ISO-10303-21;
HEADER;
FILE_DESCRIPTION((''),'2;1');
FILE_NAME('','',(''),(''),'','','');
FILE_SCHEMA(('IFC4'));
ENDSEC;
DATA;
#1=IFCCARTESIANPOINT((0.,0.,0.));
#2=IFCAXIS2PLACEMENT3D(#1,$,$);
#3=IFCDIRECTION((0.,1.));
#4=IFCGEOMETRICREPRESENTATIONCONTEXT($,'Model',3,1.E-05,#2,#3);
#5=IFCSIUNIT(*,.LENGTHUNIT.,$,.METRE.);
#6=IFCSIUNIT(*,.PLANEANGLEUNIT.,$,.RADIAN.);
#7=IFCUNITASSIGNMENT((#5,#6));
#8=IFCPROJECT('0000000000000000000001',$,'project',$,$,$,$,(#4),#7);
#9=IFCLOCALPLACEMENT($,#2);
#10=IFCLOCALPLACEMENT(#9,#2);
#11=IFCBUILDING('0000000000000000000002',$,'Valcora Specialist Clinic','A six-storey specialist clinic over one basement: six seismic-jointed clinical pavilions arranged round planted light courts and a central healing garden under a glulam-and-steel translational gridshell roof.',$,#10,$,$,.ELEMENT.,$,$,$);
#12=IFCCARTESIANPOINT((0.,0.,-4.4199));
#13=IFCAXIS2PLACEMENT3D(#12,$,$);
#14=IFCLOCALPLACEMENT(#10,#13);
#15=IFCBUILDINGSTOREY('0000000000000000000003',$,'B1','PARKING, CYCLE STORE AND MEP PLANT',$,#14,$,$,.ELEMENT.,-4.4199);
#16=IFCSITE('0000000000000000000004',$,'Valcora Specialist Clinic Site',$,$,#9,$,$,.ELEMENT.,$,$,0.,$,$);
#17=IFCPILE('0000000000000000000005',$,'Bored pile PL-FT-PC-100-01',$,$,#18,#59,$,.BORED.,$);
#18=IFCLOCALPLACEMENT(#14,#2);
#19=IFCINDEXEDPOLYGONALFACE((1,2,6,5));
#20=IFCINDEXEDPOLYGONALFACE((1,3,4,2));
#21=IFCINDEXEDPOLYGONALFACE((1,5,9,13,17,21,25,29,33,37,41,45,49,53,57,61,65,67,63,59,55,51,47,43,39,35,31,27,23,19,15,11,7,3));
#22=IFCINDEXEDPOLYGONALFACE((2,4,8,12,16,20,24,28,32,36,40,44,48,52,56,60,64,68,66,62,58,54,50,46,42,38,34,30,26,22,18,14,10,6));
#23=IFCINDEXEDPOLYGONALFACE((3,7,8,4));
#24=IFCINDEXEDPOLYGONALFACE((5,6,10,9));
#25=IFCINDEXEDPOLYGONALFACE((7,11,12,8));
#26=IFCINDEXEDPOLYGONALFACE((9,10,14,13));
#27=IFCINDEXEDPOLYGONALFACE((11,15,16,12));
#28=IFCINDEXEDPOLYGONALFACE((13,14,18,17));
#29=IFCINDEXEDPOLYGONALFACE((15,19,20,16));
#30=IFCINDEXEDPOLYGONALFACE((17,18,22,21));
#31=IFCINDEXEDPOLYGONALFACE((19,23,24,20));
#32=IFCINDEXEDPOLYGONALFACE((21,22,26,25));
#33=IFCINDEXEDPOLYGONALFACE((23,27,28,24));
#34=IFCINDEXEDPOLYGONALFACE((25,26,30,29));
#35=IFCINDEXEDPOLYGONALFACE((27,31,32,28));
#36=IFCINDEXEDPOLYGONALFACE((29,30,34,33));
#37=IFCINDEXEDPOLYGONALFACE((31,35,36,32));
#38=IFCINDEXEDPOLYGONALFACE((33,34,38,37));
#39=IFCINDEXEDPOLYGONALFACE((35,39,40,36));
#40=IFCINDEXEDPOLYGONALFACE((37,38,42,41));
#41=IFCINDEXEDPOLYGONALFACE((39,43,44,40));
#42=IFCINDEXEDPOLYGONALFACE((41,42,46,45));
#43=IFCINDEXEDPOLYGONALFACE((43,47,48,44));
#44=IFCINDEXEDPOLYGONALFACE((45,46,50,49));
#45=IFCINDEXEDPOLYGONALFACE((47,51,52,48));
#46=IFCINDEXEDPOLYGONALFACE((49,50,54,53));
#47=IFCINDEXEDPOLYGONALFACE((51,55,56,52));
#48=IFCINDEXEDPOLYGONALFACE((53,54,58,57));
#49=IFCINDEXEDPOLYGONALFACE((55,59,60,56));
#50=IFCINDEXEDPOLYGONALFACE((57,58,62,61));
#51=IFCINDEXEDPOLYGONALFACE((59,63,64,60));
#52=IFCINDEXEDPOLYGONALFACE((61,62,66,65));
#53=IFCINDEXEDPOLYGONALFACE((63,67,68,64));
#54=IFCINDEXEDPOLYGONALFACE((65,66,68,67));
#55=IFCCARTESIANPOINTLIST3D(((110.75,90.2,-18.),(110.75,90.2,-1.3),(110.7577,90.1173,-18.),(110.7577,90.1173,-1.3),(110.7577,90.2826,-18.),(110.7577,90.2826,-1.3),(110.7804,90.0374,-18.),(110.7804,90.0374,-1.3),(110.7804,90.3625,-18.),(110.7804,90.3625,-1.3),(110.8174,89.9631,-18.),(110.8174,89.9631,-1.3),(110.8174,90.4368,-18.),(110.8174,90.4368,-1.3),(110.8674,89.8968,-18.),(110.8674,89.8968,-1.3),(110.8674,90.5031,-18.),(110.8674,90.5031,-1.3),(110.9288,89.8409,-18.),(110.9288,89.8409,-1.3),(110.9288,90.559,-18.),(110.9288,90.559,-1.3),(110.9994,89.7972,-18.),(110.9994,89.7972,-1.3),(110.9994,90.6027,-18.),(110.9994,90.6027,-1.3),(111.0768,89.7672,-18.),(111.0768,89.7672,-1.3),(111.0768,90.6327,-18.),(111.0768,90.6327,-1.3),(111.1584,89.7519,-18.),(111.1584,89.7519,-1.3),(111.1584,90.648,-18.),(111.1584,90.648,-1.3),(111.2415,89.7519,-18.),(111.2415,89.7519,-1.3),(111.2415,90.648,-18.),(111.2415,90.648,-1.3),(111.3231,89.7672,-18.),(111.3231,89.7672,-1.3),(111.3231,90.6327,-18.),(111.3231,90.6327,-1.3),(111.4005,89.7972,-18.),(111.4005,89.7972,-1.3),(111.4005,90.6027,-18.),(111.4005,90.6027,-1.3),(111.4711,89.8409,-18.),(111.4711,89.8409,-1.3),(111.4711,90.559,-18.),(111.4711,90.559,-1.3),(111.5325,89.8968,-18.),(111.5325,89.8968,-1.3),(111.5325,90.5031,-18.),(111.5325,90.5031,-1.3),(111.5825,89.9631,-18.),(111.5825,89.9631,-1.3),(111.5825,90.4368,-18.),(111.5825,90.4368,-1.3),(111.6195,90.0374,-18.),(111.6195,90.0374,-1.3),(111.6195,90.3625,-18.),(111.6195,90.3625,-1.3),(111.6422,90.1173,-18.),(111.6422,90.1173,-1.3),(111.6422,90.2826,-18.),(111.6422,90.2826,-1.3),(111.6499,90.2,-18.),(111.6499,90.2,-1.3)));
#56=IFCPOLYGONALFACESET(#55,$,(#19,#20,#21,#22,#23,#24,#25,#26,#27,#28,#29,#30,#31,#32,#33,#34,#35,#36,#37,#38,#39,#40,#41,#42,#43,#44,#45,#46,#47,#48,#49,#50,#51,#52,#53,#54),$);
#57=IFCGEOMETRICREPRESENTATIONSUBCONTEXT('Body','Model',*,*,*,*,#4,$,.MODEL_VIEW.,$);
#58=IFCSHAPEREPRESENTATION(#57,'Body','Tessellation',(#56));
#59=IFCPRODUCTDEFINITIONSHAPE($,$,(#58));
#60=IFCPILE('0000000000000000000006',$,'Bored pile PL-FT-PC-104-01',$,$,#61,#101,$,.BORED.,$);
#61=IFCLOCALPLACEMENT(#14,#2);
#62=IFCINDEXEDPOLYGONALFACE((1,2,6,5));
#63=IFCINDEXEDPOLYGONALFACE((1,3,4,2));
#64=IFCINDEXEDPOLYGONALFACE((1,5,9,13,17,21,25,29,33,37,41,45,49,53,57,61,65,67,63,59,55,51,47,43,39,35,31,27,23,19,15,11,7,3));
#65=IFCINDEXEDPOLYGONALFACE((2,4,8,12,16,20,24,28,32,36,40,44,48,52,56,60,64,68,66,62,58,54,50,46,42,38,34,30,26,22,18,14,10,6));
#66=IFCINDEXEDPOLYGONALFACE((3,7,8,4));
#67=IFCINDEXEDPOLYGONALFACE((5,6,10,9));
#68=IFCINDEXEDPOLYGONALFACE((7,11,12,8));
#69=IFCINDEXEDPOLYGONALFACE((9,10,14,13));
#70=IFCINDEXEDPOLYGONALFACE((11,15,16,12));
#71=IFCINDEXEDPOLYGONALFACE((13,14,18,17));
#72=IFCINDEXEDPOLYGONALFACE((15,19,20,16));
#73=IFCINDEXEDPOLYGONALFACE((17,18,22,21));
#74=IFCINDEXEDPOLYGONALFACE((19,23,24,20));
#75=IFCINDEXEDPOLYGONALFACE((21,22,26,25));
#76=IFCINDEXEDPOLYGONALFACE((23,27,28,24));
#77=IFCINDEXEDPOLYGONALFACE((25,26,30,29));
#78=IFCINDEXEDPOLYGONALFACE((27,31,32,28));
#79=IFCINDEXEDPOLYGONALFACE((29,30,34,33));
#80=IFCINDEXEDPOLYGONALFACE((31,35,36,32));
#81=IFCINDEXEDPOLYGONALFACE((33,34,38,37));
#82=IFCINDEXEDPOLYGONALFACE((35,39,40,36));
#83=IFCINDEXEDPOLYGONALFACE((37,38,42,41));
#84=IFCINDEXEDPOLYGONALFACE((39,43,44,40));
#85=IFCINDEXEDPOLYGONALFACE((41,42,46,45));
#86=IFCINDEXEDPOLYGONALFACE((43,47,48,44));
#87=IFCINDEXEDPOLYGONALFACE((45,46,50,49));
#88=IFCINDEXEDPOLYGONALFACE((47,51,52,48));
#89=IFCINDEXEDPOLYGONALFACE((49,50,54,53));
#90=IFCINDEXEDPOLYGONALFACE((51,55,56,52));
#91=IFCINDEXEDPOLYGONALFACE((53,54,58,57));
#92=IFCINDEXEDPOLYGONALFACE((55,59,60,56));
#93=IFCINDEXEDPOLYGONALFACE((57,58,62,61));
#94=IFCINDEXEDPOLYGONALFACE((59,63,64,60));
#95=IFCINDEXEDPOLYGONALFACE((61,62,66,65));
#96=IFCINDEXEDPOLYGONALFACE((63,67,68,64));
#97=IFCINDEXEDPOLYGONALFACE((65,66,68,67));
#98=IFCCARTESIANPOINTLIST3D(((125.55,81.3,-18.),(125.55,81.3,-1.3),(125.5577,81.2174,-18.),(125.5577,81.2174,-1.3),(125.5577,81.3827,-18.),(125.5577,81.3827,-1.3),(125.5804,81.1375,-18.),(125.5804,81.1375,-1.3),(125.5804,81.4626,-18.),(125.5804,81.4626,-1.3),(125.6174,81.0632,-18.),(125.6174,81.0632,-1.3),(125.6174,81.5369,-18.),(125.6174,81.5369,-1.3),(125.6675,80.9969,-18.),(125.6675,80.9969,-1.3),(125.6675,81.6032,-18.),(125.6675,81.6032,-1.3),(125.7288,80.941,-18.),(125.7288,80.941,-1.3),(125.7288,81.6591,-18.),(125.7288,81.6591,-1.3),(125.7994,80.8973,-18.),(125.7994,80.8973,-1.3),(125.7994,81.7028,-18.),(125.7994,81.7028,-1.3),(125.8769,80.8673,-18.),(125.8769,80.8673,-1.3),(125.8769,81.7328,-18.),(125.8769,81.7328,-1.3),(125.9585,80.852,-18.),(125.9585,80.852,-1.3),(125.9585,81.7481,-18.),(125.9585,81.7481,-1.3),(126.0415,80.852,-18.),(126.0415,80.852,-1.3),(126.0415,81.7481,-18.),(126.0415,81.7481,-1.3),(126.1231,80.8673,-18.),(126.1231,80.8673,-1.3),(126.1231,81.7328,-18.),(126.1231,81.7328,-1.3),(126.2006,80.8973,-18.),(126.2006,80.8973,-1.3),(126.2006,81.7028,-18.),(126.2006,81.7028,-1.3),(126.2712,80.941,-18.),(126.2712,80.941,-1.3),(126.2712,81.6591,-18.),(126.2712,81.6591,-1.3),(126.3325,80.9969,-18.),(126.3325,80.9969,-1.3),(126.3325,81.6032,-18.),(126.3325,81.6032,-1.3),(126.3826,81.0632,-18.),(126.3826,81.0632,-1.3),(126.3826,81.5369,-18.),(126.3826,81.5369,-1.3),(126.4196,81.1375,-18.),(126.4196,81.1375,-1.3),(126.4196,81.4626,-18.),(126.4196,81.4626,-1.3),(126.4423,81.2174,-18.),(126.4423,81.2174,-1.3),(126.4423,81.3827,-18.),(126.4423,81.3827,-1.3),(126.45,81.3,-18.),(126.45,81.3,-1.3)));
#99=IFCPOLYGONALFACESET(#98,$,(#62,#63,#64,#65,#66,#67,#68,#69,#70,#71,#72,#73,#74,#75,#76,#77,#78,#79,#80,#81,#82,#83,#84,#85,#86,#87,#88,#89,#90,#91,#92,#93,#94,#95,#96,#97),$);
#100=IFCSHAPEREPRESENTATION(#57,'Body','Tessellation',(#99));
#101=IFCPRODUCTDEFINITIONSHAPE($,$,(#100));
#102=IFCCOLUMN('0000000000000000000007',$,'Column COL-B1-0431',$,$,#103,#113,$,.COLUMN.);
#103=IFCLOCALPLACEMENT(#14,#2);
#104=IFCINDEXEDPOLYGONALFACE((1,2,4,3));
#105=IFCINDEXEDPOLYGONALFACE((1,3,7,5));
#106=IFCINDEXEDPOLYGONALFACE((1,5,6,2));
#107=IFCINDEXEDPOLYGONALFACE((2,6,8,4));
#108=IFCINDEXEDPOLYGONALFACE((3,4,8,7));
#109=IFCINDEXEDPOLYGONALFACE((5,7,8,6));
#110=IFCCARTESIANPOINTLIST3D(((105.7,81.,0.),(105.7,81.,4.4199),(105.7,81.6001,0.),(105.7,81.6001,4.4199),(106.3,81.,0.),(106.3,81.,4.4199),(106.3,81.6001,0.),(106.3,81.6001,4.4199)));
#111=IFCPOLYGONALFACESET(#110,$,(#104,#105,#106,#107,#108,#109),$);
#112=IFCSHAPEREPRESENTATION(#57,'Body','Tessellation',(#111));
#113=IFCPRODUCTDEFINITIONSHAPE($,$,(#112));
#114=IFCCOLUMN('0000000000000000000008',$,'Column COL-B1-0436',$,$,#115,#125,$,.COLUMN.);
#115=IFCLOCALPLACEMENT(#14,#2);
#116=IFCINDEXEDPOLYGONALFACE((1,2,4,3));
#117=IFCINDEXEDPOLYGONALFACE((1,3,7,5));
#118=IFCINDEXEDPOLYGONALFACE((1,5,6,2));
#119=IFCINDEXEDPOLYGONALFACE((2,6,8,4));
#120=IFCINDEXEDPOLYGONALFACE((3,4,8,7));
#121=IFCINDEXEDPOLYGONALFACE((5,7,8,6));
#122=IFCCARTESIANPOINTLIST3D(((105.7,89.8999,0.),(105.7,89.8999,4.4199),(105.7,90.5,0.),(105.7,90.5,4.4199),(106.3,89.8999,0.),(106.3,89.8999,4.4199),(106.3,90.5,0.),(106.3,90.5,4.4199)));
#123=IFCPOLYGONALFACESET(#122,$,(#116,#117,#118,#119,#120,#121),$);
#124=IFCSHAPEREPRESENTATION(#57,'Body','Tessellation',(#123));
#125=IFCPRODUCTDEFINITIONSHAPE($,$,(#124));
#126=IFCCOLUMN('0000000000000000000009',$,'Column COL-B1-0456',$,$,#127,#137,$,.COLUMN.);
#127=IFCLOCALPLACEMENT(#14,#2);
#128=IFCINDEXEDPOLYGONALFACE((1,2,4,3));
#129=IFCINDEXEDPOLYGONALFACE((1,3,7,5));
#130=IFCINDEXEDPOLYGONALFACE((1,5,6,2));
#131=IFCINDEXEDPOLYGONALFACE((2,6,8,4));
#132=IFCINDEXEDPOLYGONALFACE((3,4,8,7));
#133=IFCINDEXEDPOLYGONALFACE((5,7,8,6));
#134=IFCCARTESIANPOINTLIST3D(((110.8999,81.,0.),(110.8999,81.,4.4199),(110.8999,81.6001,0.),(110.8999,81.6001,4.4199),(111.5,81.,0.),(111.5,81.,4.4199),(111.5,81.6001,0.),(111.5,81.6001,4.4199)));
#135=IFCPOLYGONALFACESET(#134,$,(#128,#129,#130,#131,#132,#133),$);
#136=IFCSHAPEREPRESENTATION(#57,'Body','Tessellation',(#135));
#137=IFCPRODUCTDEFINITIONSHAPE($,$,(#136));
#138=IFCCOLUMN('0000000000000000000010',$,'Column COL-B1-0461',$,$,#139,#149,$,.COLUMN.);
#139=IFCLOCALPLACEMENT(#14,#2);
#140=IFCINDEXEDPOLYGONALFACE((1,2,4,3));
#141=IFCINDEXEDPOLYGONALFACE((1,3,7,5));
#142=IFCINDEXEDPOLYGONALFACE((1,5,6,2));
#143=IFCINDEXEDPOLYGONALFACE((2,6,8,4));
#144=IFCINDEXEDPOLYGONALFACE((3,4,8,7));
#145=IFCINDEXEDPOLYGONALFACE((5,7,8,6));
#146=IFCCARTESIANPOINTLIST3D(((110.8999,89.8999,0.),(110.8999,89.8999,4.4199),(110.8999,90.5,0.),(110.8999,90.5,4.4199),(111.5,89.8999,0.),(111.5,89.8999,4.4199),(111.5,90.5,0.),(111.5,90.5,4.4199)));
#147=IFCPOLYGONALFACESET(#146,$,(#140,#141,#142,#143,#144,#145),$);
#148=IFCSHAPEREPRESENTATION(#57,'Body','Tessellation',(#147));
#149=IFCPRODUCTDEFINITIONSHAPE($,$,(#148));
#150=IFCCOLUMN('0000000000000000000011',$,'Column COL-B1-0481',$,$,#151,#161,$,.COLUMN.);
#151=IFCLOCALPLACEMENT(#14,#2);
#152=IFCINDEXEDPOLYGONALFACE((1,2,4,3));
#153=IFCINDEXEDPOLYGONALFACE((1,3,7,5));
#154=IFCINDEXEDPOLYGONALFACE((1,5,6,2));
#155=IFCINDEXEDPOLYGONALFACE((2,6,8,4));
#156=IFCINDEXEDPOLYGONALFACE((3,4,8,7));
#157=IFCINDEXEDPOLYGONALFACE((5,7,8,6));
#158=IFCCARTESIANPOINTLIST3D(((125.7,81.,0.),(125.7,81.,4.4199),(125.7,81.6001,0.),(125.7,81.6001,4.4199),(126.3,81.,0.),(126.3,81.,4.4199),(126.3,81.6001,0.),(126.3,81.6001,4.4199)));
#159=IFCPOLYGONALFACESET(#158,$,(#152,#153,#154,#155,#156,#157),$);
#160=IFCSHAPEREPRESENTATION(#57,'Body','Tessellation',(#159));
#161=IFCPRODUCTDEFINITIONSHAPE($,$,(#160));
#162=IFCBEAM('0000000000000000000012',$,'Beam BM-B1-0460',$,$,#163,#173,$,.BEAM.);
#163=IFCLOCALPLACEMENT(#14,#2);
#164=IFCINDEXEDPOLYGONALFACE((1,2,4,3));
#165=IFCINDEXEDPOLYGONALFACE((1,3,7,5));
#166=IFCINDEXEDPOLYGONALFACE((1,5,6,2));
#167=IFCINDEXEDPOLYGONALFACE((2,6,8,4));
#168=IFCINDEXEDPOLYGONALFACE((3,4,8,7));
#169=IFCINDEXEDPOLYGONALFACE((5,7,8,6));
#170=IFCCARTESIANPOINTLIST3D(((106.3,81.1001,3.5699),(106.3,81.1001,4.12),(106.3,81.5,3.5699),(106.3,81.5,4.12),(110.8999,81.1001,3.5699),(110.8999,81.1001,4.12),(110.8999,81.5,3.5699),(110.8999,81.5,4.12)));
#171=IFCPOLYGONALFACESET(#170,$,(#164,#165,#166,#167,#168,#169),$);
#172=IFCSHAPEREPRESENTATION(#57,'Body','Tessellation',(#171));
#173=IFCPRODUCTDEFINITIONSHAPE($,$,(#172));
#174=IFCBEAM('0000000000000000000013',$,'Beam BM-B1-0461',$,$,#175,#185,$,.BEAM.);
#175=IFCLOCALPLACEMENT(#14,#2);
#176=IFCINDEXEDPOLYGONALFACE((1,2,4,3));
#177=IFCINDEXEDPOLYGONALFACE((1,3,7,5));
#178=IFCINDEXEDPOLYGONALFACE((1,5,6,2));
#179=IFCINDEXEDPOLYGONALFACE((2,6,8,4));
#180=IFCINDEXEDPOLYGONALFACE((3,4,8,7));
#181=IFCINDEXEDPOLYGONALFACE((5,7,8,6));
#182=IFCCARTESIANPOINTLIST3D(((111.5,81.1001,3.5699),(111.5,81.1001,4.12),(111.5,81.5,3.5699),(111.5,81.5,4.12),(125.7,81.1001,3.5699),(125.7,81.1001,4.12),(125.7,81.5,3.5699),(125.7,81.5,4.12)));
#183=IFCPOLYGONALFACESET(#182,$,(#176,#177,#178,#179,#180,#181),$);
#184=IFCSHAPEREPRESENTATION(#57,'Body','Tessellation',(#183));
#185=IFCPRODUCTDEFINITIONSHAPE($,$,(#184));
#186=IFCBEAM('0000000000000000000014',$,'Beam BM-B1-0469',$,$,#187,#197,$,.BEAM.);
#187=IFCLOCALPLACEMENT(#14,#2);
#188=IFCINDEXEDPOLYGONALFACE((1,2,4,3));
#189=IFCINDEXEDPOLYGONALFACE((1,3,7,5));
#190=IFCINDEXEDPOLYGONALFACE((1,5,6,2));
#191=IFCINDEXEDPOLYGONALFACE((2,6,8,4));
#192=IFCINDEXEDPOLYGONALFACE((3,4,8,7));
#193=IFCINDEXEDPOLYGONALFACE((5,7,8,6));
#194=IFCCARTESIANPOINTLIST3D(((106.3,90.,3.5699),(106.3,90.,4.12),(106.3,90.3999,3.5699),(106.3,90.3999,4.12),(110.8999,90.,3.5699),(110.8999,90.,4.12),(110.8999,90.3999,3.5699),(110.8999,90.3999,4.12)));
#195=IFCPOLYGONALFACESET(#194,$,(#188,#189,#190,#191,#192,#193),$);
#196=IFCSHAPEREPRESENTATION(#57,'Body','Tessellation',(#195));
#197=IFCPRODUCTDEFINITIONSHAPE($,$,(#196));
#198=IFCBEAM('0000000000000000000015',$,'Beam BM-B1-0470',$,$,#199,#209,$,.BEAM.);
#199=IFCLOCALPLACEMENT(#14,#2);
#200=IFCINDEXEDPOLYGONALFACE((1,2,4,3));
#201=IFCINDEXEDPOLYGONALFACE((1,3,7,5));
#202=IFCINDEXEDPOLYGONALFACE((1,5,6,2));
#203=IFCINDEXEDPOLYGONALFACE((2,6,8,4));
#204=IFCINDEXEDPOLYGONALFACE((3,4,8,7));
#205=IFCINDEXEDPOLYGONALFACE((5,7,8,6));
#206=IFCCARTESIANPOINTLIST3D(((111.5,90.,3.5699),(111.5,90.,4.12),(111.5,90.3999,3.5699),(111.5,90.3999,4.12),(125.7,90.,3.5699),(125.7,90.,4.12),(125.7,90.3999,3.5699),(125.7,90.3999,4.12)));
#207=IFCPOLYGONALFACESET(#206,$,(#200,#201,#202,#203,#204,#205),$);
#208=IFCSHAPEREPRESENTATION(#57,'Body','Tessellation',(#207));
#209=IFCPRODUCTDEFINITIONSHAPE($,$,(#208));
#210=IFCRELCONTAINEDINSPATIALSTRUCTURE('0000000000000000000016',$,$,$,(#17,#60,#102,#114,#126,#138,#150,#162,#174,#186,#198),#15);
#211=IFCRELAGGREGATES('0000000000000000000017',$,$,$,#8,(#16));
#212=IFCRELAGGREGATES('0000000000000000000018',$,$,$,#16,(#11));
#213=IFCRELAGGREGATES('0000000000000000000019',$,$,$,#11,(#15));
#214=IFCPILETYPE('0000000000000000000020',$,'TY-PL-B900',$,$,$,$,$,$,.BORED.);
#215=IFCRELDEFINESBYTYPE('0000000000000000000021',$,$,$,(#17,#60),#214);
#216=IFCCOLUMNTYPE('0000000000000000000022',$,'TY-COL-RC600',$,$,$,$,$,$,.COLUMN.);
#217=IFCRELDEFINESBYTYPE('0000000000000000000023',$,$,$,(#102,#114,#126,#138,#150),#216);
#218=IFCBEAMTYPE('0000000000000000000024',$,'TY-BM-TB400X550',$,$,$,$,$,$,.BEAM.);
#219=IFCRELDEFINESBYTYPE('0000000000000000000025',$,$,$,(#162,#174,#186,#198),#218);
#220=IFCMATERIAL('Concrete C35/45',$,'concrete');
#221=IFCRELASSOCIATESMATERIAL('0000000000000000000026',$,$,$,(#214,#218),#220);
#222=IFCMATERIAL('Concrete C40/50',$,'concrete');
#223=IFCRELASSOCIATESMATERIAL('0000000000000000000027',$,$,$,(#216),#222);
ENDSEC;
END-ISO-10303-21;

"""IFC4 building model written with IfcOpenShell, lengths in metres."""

from ifc_helpers import new_model, si_unit, direction, frame, origin, origin_2d, place, context, subcontext, project, spatial, rectangle, circle, extrude, material, material_profile, profile_set, type_object, element, save


model = new_model("IFC4")

# Units and contexts
model_context = context("Model", 3, precision=1e-05, world=origin(), true_north=direction((0.0, 1.0)))
body_context = subcontext(model_context, "Body", "Model", "MODEL_VIEW")
ifc_project = project(units=[si_unit("LENGTHUNIT", "METRE"), si_unit("PLANEANGLEUNIT", "RADIAN")], contexts=[model_context])

# Site, building, storey
site_placement = place(None, origin())
site = spatial("IfcSite", under=ifc_project, at=site_placement, Name="Valcora Specialist Clinic Site", CompositionType="ELEMENT", RefElevation=0.0)
building_placement = place(site_placement, origin())
building = spatial("IfcBuilding", under=site, at=building_placement, Name="Valcora Specialist Clinic", Description="A six-storey specialist clinic over one basement: six seismic-jointed clinical pavilions arranged round planted light courts and a central healing garden under a glulam-and-steel translational gridshell roof.", CompositionType="ELEMENT")
storey_placement = place(building_placement, frame((0.0, 0.0, -4.4199)))
storey = spatial("IfcBuildingStorey", under=building, at=storey_placement, Name="B1", Description="PARKING, CYCLE STORE AND MEP PLANT", CompositionType="ELEMENT", Elevation=-4.4199)

# Shared definitions
ifc_material_1 = material(Name="Concrete C35/45", Category="concrete")

# Piles
ifc_material_profile_1 = material_profile(ifc_material_1, circle(Radius=0.45, at=origin_2d()), Name="RC-PIL-D900")
ifc_profile_set_1 = profile_set([ifc_material_profile_1], Name="Concrete C35/45")
pile_type = type_object("IfcPileType", Name="TY-PL-B900", PredefinedType="BORED", material=ifc_profile_set_1)
for number, where, z_axis, x_axis, name in (
    (1, (111.2, 90.2, -1.3), (0.0, 0.0, -1.0), (1.0, 0.0, 0.0), "Bored pile PL-FT-PC-100-01"),
    (2, (126.0, 81.3, -1.3), (0.0, 0.0, -1.0), (1.0, 0.0, 0.0), "Bored pile PL-FT-PC-104-01"),
):
    element("IfcPile", number, at=place(storey_placement, frame(where, z_axis=z_axis, x_axis=x_axis)), inside=storey, type_object=pile_type, Name=name, PredefinedType="BORED", context=body_context, shape_type="SweptSolid", body=[
        extrude(circle(Radius=0.45, at=origin_2d()), origin(), (0.0, 0.0, 1.0), 16.7),
    ])

# Columns
ifc_material_2 = material(Name="Concrete C40/50", Category="concrete")
ifc_material_profile_2 = material_profile(ifc_material_2, rectangle(XDim=0.6001, YDim=0.6001, at=origin_2d()), Name="RC-COL-600X600")
ifc_profile_set_2 = profile_set([ifc_material_profile_2], Name="Concrete C40/50")
column_type = type_object("IfcColumnType", Name="TY-COL-RC600", PredefinedType="COLUMN", material=ifc_profile_set_2)
for number, where, z_axis, x_axis, name in (
    (3, (106.0, 81.3, 0.0), (0.0, 0.0, 1.0), (1.0, 0.0, 0.0), "Column COL-B1-0431"),
    (4, (106.0, 90.2, 0.0), (0.0, 0.0, 1.0), (1.0, 0.0, 0.0), "Column COL-B1-0436"),
    (5, (111.2, 81.3, 0.0), (0.0, 0.0, 1.0), (1.0, 0.0, 0.0), "Column COL-B1-0456"),
    (6, (111.2, 90.2, 0.0), (0.0, 0.0, 1.0), (1.0, 0.0, 0.0), "Column COL-B1-0461"),
    (7, (126.0, 81.3, 0.0), (0.0, 0.0, 1.0), (1.0, 0.0, 0.0), "Column COL-B1-0481"),
):
    element("IfcColumn", number, at=place(storey_placement, frame(where, z_axis=z_axis, x_axis=x_axis)), inside=storey, type_object=column_type, Name=name, PredefinedType="COLUMN", context=body_context, shape_type="SweptSolid", body=[
        extrude(rectangle(XDim=0.6001, YDim=0.6001, at=origin_2d()), origin(), (0.0, 0.0, 1.0), 4.4199),
    ])

# Beams
ifc_material_profile_3 = material_profile(ifc_material_1, rectangle(XDim=0.3999, YDim=0.55, at=origin_2d()), Name="RC-TB-400X550")
ifc_profile_set_3 = profile_set([ifc_material_profile_3], Name="Concrete C35/45")
beam_type = type_object("IfcBeamType", Name="TY-BM-TB400X550", PredefinedType="BEAM", material=ifc_profile_set_3)
beam_1_placement = place(storey_placement, frame((106.3, 81.3, 3.845), z_axis=(1.0, 0.0, 0.0), x_axis=(0.0, 1.0, 0.0)))
element("IfcBeam", 8, at=beam_1_placement, inside=storey, type_object=beam_type, Name="Beam BM-B1-0460", PredefinedType="BEAM", context=body_context, shape_type="SweptSolid", body=[
    extrude(rectangle(XDim=0.3999, YDim=0.55, at=origin_2d()), origin(), (0.0, 0.0, 1.0), 4.5999),
])
beam_2_placement = place(storey_placement, frame((111.5, 81.3, 3.845), z_axis=(1.0, 0.0, 0.0), x_axis=(0.0, 1.0, 0.0)))
element("IfcBeam", 9, at=beam_2_placement, inside=storey, type_object=beam_type, Name="Beam BM-B1-0461", PredefinedType="BEAM", context=body_context, shape_type="SweptSolid", body=[
    extrude(rectangle(XDim=0.3999, YDim=0.55, at=origin_2d()), origin(), (0.0, 0.0, 1.0), 14.2),
])
beam_3_placement = place(storey_placement, frame((106.3, 90.2, 3.845), z_axis=(1.0, 0.0, 0.0), x_axis=(0.0, 1.0, 0.0)))
element("IfcBeam", 10, at=beam_3_placement, inside=storey, type_object=beam_type, Name="Beam BM-B1-0469", PredefinedType="BEAM", context=body_context, shape_type="SweptSolid", body=[
    extrude(rectangle(XDim=0.3999, YDim=0.55, at=origin_2d()), origin(), (0.0, 0.0, 1.0), 4.5999),
])
beam_4_placement = place(storey_placement, frame((111.5, 90.2, 3.845), z_axis=(1.0, 0.0, 0.0), x_axis=(0.0, 1.0, 0.0)))
element("IfcBeam", 11, at=beam_4_placement, inside=storey, type_object=beam_type, Name="Beam BM-B1-0470", PredefinedType="BEAM", context=body_context, shape_type="SweptSolid", body=[
    extrude(rectangle(XDim=0.3999, YDim=0.55, at=origin_2d()), origin(), (0.0, 0.0, 1.0), 14.2),
])

save(model, "model.ifc")
